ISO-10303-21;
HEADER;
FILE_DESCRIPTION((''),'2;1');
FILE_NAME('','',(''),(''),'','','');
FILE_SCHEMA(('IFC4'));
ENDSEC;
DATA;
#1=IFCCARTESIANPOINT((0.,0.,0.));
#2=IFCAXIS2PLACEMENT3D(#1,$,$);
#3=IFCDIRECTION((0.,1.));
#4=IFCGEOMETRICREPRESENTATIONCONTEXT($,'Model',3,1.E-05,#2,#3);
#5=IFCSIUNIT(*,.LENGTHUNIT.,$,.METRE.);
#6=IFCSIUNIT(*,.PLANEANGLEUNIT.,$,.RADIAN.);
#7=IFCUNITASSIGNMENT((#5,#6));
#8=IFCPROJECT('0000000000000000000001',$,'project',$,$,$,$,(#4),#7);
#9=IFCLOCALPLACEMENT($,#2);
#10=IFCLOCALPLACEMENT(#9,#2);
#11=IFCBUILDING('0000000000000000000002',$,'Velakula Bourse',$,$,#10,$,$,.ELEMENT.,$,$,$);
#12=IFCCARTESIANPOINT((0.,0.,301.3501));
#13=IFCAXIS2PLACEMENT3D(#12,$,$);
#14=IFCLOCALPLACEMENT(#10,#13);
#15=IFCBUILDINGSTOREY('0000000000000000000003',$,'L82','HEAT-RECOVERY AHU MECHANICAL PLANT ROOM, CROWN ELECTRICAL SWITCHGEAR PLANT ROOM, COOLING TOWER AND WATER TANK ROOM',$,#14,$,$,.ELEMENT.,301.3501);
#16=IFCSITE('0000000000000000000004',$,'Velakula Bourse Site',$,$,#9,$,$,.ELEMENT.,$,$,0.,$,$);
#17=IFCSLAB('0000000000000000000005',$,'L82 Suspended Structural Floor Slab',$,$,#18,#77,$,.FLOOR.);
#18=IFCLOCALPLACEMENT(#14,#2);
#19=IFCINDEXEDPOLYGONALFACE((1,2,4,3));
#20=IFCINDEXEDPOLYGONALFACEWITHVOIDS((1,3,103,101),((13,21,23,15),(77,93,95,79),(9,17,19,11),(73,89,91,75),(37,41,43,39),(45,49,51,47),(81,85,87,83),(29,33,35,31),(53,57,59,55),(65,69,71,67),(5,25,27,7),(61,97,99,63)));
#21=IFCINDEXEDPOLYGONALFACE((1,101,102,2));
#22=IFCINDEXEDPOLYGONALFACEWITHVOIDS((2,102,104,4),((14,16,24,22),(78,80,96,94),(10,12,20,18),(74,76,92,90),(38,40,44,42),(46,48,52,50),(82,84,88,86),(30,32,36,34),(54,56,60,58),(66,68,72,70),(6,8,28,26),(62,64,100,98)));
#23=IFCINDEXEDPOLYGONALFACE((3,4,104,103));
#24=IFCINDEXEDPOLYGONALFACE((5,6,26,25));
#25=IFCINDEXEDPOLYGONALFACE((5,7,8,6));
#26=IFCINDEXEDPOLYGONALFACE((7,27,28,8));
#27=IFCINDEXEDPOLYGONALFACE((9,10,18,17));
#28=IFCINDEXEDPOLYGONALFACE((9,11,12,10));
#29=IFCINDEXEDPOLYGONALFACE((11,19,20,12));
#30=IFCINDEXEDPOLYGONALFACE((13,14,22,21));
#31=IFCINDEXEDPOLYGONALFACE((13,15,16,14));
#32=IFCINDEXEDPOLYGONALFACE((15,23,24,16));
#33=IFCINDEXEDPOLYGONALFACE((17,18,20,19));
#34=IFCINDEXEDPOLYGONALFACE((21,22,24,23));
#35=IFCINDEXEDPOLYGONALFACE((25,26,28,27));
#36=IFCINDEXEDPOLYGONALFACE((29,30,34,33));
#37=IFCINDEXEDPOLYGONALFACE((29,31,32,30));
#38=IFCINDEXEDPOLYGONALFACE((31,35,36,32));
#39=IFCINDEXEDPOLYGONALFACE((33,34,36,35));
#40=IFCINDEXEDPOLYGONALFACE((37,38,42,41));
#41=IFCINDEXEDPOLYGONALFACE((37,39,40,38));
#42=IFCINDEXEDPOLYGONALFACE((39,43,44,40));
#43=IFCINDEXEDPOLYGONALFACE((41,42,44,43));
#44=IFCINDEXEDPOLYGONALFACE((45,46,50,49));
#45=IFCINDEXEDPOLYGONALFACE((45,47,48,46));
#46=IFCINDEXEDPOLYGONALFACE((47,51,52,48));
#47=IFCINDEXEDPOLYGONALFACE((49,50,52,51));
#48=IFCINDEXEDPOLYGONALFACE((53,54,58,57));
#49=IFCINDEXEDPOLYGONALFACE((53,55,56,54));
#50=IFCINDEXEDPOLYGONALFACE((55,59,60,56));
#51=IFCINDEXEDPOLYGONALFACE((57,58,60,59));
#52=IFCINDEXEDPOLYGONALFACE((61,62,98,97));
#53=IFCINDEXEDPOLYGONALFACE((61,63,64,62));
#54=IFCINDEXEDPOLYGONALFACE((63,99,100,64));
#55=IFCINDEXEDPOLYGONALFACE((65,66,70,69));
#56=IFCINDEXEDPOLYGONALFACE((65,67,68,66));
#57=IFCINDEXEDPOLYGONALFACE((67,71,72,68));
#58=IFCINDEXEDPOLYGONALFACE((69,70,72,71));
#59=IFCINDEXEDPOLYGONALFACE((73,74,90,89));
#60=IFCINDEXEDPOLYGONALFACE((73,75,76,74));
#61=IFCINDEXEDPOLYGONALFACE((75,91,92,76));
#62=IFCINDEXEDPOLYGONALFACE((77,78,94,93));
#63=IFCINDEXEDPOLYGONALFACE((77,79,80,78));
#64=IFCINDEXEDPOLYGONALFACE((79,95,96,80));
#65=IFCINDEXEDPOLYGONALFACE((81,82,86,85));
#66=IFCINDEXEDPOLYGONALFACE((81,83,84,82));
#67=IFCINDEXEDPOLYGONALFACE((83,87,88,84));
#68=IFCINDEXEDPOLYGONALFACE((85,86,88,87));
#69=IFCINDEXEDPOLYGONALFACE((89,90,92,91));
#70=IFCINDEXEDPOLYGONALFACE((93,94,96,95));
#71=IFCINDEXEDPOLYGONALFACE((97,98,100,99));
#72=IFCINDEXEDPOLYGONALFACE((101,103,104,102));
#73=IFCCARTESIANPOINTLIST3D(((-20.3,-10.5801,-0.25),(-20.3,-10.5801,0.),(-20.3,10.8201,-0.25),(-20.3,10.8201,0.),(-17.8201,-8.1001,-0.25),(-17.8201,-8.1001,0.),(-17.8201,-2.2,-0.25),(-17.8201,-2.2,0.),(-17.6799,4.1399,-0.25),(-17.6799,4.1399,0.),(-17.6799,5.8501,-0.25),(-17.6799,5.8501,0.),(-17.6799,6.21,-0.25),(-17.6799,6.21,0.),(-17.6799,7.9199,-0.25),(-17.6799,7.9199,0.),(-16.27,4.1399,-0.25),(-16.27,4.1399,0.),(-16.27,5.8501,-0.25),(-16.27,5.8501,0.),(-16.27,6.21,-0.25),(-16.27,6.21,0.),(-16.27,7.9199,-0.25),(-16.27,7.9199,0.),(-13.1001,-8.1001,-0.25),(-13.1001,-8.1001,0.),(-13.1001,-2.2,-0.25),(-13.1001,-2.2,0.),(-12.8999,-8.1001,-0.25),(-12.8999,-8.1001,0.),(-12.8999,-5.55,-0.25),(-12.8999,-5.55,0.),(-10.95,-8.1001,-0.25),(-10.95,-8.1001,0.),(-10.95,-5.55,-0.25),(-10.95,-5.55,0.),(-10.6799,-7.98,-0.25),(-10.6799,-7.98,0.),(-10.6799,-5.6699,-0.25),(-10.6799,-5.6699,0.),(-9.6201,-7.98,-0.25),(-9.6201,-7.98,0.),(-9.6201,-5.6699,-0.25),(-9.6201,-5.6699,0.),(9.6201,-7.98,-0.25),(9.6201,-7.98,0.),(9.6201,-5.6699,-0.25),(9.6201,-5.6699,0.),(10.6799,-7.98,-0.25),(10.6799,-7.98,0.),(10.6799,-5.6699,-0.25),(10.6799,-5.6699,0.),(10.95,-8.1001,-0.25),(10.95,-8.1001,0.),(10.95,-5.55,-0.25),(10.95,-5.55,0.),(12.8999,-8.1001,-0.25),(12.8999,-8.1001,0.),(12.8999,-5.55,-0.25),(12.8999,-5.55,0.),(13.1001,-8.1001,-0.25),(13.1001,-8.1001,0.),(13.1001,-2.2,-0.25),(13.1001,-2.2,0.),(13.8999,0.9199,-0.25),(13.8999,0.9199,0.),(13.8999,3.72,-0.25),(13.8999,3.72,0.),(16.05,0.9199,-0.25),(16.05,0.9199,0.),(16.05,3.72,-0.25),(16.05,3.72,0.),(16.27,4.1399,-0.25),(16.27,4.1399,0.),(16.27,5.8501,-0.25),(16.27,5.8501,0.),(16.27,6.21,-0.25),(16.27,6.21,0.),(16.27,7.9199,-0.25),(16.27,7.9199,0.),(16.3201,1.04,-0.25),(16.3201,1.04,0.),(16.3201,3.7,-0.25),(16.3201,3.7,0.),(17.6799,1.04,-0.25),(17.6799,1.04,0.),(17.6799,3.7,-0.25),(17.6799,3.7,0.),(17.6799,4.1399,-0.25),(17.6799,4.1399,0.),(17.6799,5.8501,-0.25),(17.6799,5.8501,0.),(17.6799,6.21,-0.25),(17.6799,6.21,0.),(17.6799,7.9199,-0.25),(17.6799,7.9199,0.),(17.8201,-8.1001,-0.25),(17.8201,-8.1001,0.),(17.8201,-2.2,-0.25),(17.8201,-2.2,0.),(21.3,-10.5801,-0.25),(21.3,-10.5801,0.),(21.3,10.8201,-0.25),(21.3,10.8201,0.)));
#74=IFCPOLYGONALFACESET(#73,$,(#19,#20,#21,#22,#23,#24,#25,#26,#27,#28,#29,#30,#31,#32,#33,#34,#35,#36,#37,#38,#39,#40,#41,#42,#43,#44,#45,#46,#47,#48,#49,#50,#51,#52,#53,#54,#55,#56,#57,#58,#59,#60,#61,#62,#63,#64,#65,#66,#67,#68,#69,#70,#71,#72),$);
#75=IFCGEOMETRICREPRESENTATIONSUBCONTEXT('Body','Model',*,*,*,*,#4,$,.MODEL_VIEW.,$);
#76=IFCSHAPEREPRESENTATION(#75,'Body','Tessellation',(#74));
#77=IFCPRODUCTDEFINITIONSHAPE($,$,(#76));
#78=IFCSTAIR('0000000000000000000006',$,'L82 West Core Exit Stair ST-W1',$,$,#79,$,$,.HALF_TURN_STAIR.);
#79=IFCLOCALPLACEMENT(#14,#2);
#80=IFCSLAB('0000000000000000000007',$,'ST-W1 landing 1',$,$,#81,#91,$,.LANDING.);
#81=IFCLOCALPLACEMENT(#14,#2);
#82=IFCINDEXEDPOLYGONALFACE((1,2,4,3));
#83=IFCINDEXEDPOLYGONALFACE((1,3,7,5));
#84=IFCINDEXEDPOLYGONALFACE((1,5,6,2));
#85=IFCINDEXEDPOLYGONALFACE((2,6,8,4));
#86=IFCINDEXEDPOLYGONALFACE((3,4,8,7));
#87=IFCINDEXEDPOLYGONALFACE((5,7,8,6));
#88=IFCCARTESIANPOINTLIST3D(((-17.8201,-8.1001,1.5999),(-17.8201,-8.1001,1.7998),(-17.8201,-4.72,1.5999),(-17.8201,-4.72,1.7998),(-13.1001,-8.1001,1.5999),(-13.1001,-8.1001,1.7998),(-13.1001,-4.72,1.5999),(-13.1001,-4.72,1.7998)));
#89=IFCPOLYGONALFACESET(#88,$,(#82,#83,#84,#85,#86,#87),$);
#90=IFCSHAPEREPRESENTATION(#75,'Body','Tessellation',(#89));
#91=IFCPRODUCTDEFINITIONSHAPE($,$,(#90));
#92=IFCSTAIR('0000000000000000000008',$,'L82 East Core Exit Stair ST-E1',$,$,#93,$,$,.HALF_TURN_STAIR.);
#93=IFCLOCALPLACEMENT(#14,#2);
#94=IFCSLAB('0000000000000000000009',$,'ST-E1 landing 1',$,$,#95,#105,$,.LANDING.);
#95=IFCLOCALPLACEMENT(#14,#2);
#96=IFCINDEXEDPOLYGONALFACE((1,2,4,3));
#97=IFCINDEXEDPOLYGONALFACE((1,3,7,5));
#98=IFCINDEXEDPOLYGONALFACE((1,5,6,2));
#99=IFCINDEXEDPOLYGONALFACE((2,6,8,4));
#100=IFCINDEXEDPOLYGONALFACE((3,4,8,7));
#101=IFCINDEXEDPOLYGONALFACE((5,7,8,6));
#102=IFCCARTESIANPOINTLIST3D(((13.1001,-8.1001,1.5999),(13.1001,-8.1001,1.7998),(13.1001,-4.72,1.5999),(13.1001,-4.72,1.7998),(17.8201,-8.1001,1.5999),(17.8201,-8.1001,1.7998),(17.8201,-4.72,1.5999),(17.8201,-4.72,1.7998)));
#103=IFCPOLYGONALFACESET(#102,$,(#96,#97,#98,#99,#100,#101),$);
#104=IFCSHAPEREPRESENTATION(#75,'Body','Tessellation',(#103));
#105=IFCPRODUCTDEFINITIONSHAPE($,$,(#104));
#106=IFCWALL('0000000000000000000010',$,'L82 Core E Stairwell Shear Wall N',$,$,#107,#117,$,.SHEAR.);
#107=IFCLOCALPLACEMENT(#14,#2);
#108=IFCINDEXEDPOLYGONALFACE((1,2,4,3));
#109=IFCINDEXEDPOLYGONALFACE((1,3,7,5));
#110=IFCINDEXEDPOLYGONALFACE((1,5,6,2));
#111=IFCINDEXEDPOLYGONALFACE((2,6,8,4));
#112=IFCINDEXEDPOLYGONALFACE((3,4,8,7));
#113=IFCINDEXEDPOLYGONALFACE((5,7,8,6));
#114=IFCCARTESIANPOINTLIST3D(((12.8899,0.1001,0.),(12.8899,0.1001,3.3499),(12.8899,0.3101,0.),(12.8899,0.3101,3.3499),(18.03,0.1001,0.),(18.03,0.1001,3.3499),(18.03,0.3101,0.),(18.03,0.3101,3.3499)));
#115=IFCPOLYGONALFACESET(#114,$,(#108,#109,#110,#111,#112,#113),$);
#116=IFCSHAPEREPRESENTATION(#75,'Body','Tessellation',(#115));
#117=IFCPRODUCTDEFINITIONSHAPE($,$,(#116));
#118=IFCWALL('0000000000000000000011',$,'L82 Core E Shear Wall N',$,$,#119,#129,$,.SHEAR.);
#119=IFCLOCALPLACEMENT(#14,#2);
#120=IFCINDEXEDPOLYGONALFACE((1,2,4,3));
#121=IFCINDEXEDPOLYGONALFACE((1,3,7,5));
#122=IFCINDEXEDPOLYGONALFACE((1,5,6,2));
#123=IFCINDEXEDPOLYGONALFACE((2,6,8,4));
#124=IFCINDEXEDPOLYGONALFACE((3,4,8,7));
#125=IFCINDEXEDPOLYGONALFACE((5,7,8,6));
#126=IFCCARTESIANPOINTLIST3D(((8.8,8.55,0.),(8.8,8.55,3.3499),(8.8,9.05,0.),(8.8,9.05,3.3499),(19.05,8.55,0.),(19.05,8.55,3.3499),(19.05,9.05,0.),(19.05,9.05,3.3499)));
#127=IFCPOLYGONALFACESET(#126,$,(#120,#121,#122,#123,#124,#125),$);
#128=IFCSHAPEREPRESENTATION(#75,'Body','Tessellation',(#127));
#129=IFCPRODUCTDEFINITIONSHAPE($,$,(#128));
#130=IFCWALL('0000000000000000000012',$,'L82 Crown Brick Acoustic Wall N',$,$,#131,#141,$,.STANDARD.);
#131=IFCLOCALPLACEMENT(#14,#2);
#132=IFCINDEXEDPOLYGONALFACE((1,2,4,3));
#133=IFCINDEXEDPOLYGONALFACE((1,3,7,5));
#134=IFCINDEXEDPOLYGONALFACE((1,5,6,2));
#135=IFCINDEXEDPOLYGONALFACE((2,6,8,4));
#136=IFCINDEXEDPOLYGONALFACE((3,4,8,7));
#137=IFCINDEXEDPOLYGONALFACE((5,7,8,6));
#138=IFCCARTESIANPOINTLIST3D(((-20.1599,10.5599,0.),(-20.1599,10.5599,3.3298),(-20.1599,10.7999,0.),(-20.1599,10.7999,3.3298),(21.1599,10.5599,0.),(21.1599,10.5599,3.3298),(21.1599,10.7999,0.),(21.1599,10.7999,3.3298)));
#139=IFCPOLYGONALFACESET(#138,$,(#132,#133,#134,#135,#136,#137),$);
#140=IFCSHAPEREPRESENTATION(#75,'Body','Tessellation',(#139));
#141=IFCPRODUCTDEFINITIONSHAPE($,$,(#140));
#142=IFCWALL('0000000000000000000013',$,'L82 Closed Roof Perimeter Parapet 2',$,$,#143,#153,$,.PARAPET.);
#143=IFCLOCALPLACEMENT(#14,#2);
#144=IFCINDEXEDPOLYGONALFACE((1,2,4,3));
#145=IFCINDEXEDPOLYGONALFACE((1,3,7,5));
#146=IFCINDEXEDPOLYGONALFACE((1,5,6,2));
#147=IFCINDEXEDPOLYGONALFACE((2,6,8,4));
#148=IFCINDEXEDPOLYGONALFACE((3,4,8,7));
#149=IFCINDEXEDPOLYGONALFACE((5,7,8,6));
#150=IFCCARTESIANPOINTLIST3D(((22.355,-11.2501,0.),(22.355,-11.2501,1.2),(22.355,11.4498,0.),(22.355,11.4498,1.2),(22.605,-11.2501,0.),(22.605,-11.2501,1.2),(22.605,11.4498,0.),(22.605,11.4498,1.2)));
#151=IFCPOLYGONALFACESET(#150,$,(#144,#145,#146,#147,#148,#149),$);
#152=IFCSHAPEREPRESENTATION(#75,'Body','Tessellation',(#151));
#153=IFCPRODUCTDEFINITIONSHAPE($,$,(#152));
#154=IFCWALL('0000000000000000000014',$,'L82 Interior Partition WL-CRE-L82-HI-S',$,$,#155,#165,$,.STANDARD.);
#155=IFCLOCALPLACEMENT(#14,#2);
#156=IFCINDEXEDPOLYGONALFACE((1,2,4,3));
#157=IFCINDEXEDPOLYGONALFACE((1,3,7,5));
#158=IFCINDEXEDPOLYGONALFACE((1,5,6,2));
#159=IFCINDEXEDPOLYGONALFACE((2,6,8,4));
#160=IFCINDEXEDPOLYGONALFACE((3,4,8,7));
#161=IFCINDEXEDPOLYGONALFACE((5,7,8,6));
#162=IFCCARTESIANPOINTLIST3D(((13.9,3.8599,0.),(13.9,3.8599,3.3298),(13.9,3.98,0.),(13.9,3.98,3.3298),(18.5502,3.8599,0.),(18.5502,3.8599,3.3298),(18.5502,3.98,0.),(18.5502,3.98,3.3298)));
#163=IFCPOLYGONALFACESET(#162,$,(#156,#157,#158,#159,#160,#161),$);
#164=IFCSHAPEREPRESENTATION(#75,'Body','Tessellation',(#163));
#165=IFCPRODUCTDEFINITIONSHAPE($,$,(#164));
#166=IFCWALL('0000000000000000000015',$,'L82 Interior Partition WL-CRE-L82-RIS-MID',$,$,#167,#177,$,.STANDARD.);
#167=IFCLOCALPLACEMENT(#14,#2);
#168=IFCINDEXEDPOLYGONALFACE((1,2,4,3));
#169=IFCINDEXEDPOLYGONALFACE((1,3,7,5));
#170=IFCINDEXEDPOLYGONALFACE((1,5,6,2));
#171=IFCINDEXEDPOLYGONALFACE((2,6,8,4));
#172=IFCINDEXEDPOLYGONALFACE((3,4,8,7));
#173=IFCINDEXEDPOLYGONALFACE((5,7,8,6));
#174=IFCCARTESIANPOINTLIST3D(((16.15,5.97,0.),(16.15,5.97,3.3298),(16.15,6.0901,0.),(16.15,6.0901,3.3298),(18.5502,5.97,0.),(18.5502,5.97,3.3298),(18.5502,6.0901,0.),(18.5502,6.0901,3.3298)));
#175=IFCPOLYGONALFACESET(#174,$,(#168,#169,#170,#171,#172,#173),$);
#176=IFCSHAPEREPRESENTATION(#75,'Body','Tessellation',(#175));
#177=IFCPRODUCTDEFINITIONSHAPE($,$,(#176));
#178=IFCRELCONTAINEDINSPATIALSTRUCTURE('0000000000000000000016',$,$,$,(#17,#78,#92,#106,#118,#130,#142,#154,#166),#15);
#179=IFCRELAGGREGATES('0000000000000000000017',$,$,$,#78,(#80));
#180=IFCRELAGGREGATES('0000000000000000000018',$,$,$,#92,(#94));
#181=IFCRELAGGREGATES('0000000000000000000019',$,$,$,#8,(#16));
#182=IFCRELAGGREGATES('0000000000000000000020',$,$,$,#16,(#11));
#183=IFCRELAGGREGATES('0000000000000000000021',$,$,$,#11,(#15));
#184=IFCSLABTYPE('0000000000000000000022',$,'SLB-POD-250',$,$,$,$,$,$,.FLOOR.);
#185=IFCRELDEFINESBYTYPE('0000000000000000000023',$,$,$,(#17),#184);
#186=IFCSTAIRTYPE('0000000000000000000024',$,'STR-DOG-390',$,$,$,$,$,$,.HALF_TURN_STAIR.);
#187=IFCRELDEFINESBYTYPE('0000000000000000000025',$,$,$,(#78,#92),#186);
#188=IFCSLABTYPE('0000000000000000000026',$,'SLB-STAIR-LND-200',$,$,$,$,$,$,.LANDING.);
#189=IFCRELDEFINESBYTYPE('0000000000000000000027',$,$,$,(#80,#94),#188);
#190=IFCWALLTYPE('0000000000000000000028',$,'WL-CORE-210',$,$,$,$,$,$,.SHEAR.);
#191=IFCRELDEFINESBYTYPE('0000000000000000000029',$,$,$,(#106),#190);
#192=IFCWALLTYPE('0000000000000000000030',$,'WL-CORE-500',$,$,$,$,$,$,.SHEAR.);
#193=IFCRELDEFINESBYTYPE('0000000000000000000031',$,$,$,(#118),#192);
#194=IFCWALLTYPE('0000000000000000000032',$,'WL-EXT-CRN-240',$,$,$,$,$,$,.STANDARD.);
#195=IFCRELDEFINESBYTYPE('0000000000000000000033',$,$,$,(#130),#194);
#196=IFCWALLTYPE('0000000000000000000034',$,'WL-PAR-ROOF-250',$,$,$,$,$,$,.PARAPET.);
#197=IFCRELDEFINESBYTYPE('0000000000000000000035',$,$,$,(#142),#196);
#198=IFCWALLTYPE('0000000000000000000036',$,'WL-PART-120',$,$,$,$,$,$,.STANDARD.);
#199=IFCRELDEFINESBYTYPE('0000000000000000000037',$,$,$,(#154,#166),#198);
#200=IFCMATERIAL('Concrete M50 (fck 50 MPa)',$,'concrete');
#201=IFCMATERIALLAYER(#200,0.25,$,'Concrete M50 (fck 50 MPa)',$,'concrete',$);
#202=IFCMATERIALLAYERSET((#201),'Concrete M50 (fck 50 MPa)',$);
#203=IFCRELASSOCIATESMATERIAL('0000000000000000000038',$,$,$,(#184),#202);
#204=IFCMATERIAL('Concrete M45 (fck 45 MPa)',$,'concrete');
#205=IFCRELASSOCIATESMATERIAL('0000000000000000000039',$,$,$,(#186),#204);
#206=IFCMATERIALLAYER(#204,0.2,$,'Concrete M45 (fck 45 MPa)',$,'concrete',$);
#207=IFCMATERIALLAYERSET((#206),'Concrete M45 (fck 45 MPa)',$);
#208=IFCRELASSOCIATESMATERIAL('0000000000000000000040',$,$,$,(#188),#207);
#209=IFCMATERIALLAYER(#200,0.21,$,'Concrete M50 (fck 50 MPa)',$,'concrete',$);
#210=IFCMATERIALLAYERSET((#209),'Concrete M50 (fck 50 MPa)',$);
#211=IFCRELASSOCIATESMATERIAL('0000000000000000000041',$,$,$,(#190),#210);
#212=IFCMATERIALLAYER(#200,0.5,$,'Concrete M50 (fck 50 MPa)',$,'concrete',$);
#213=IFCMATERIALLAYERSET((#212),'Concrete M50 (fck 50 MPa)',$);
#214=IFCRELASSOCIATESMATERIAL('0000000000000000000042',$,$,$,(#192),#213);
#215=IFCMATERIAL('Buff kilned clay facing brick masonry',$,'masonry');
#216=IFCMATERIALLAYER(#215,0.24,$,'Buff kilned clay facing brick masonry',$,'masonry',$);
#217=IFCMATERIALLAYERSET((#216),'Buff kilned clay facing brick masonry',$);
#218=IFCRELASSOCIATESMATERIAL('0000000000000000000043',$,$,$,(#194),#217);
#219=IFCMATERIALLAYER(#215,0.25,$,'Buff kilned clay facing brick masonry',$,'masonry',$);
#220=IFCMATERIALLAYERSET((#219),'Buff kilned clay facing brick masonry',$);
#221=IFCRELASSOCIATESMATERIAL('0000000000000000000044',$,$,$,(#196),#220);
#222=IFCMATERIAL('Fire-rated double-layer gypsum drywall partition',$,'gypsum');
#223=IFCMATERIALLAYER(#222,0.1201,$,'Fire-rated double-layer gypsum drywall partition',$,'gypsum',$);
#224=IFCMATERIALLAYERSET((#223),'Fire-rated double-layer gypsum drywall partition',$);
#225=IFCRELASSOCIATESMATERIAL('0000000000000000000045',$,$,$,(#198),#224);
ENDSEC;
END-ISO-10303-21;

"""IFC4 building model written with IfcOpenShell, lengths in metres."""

from ifc_helpers import new_model, si_unit, direction, frame, frame_2d, origin, place, context, subcontext, project, spatial, polyline, rectangle, outline, extrude, material, layer, layer_set, type_object, element, aggregate, save


model = new_model("IFC4")

# Units and contexts
model_context = context("Model", 3, precision=1e-05, world=origin(), true_north=direction((0.0, 1.0)))
body_context = subcontext(model_context, "Body", "Model", "MODEL_VIEW")
ifc_project = project(units=[si_unit("LENGTHUNIT", "METRE"), si_unit("PLANEANGLEUNIT", "RADIAN")], contexts=[model_context])

# Site, building, storey
site_placement = place(None, origin())
site = spatial("IfcSite", under=ifc_project, at=site_placement, Name="Velakula Bourse Site", CompositionType="ELEMENT", RefElevation=0.0)
building_placement = place(site_placement, origin())
building = spatial("IfcBuilding", under=site, at=building_placement, Name="Velakula Bourse", CompositionType="ELEMENT")
storey_placement = place(building_placement, frame((0.0, 0.0, 301.3501)))
storey = spatial("IfcBuildingStorey", under=building, at=storey_placement, Name="L82", Description="HEAT-RECOVERY AHU MECHANICAL PLANT ROOM, CROWN ELECTRICAL SWITCHGEAR PLANT ROOM, COOLING TOWER AND WATER TANK ROOM", CompositionType="ELEMENT", Elevation=301.3501)

# Shared definitions
ifc_material_1 = material(Name="Concrete M50 (fck 50 MPa)", Category="concrete")

# Slab
ifc_layer_1 = layer(ifc_material_1, 0.25, Name="Concrete M50 (fck 50 MPa)", Category="concrete")
ifc_layer_set_1 = layer_set([ifc_layer_1], Name="Concrete M50 (fck 50 MPa)")
slab_type_1 = type_object("IfcSlabType", Name="SLB-POD-250", PredefinedType="FLOOR", material=ifc_layer_set_1)
slab_1_placement = place(storey_placement, frame((0.0, 0.0, -0.25)))
element("IfcSlab", 1, at=slab_1_placement, inside=storey, type_object=slab_type_1, Name="L82 Suspended Structural Floor Slab", PredefinedType="FLOOR", context=body_context, shape_type="SweptSolid", body=[
    extrude(outline(polyline([(-20.3, -10.5801), (21.3, -10.5801), (21.3, 10.8201), (-20.3, 10.8201), (-20.3, -10.5801)]), holes=[polyline([(-17.8201, -8.1001), (-13.1001, -8.1001), (-13.1001, -2.2), (-17.8201, -2.2), (-17.8201, -8.1001)]), polyline([(13.1001, -8.1001), (17.8201, -8.1001), (17.8201, -2.2), (13.1001, -2.2), (13.1001, -8.1001)]), polyline([(-12.8999, -8.1001), (-10.95, -8.1001), (-10.95, -5.55), (-12.8999, -5.55), (-12.8999, -8.1001)]), polyline([(10.95, -8.1001), (12.8999, -8.1001), (12.8999, -5.55), (10.95, -5.55), (10.95, -8.1001)]), polyline([(13.8999, 0.9199), (16.05, 0.9199), (16.05, 3.72), (13.8999, 3.72), (13.8999, 0.9199)]), polyline([(-10.6799, -7.98), (-9.6201, -7.98), (-9.6201, -5.6699), (-10.6799, -5.6699), (-10.6799, -7.98)]), polyline([(-17.6799, 4.1399), (-16.27, 4.1399), (-16.27, 5.8501), (-17.6799, 5.8501), (-17.6799, 4.1399)]), polyline([(-17.6799, 6.21), (-16.27, 6.21), (-16.27, 7.9199), (-17.6799, 7.9199), (-17.6799, 6.21)]), polyline([(9.6201, -7.98), (10.6799, -7.98), (10.6799, -5.6699), (9.6201, -5.6699), (9.6201, -7.98)]), polyline([(16.27, 4.1399), (17.6799, 4.1399), (17.6799, 5.8501), (16.27, 5.8501), (16.27, 4.1399)]), polyline([(16.27, 6.21), (17.6799, 6.21), (17.6799, 7.9199), (16.27, 7.9199), (16.27, 6.21)]), polyline([(16.3201, 1.04), (17.6799, 1.04), (17.6799, 3.7), (16.3201, 3.7), (16.3201, 1.04)])]), origin(), (0.0, 0.0, 1.0), 0.25),
])

# Stairs, slabs
ifc_material_2 = material(Name="Concrete M45 (fck 45 MPa)", Category="concrete")
stair_type = type_object("IfcStairType", Name="STR-DOG-390", PredefinedType="HALF_TURN_STAIR", material=ifc_material_2)
stair_1_placement = place(storey_placement, origin())
stair_1 = element("IfcStair", 2, at=stair_1_placement, inside=storey, type_object=stair_type, Name="L82 West Core Exit Stair ST-W1", PredefinedType="HALF_TURN_STAIR")
ifc_layer_2 = layer(ifc_material_2, 0.2, Name="Concrete M45 (fck 45 MPa)", Category="concrete")
ifc_layer_set_2 = layer_set([ifc_layer_2], Name="Concrete M45 (fck 45 MPa)")
slab_type_2 = type_object("IfcSlabType", Name="SLB-STAIR-LND-200", PredefinedType="LANDING", material=ifc_layer_set_2)
slab_2_placement = place(storey_placement, frame((0.0, 0.0, 1.5999)))
slab_2 = element("IfcSlab", 3, at=slab_2_placement, type_object=slab_type_2, Name="ST-W1 landing 1", PredefinedType="LANDING", context=body_context, shape_type="SweptSolid", body=[
    extrude(outline(polyline([(-17.8201, -4.72), (-17.8201, -8.1001), (-13.1001, -8.1001), (-13.1001, -4.72), (-17.8201, -4.72)])), origin(), (0.0, 0.0, 1.0), 0.2),
])
aggregate(stair_1, [slab_2])
stair_2_placement = place(storey_placement, origin())
stair_2 = element("IfcStair", 4, at=stair_2_placement, inside=storey, type_object=stair_type, Name="L82 East Core Exit Stair ST-E1", PredefinedType="HALF_TURN_STAIR")
slab_3_placement = place(storey_placement, frame((0.0, 0.0, 1.5999)))
slab_3 = element("IfcSlab", 5, at=slab_3_placement, type_object=slab_type_2, Name="ST-E1 landing 1", PredefinedType="LANDING", context=body_context, shape_type="SweptSolid", body=[
    extrude(outline(polyline([(13.1001, -4.72), (13.1001, -8.1001), (17.8201, -8.1001), (17.8201, -4.72), (13.1001, -4.72)])), origin(), (0.0, 0.0, 1.0), 0.2),
])
aggregate(stair_2, [slab_3])

# Walls
ifc_layer_3 = layer(ifc_material_1, 0.21, Name="Concrete M50 (fck 50 MPa)", Category="concrete")
ifc_layer_set_3 = layer_set([ifc_layer_3], Name="Concrete M50 (fck 50 MPa)")
wall_type_1 = type_object("IfcWallType", Name="WL-CORE-210", PredefinedType="SHEAR", material=ifc_layer_set_3)
wall_1_placement = place(storey_placement, frame((18.03, 0.2051, 0.0), z_axis=(0.0, 0.0, 1.0), x_axis=(-1.0, 0.0, 0.0)))
element("IfcWall", 6, at=wall_1_placement, inside=storey, type_object=wall_type_1, Name="L82 Core E Stairwell Shear Wall N", PredefinedType="SHEAR", context=body_context, shape_type="SweptSolid", body=[
    extrude(rectangle(XDim=5.1401, YDim=0.21, at=frame_2d((2.5701, 0.0))), origin(), (0.0, 0.0, 1.0), 3.3499),
])
ifc_layer_4 = layer(ifc_material_1, 0.5, Name="Concrete M50 (fck 50 MPa)", Category="concrete")
ifc_layer_set_4 = layer_set([ifc_layer_4], Name="Concrete M50 (fck 50 MPa)")
wall_type_2 = type_object("IfcWallType", Name="WL-CORE-500", PredefinedType="SHEAR", material=ifc_layer_set_4)
wall_2_placement = place(storey_placement, frame((8.8, 8.8, 0.0), z_axis=(0.0, 0.0, 1.0), x_axis=(1.0, 0.0, 0.0)))
element("IfcWall", 7, at=wall_2_placement, inside=storey, type_object=wall_type_2, Name="L82 Core E Shear Wall N", PredefinedType="SHEAR", context=body_context, shape_type="SweptSolid", body=[
    extrude(rectangle(XDim=10.25, YDim=0.5, at=frame_2d((5.125, 0.0))), origin(), (0.0, 0.0, 1.0), 3.3499),
])
ifc_material_3 = material(Name="Buff kilned clay facing brick masonry", Category="masonry")
ifc_layer_5 = layer(ifc_material_3, 0.24, Name="Buff kilned clay facing brick masonry", Category="masonry")
ifc_layer_set_5 = layer_set([ifc_layer_5], Name="Buff kilned clay facing brick masonry")
wall_type_3 = type_object("IfcWallType", Name="WL-EXT-CRN-240", PredefinedType="STANDARD", material=ifc_layer_set_5)
wall_3_placement = place(storey_placement, frame((21.1599, 10.6799, 0.0), z_axis=(0.0, 0.0, 1.0), x_axis=(-1.0, 0.0, 0.0)))
element("IfcWall", 8, at=wall_3_placement, inside=storey, type_object=wall_type_3, Name="L82 Crown Brick Acoustic Wall N", PredefinedType="STANDARD", context=body_context, shape_type="SweptSolid", body=[
    extrude(rectangle(XDim=41.3198, YDim=0.24, at=frame_2d((20.6599, 0.0))), origin(), (0.0, 0.0, 1.0), 3.3298),
])
ifc_layer_6 = layer(ifc_material_3, 0.25, Name="Buff kilned clay facing brick masonry", Category="masonry")
ifc_layer_set_6 = layer_set([ifc_layer_6], Name="Buff kilned clay facing brick masonry")
wall_type_4 = type_object("IfcWallType", Name="WL-PAR-ROOF-250", PredefinedType="PARAPET", material=ifc_layer_set_6)
wall_4_placement = place(storey_placement, frame((22.48, 11.45, 0.0), z_axis=(0.0, 0.0, 1.0), x_axis=(0.0, -1.0, 0.0)))
element("IfcWall", 9, at=wall_4_placement, inside=storey, type_object=wall_type_4, Name="L82 Closed Roof Perimeter Parapet 2", PredefinedType="PARAPET", context=body_context, shape_type="SweptSolid", body=[
    extrude(rectangle(XDim=22.7, YDim=0.25, at=frame_2d((11.3501, 0.0))), origin(), (0.0, 0.0, 1.0), 1.2),
])
ifc_material_4 = material(Name="Fire-rated double-layer gypsum drywall partition", Category="gypsum")
ifc_layer_7 = layer(ifc_material_4, 0.1201, Name="Fire-rated double-layer gypsum drywall partition", Category="gypsum")
ifc_layer_set_7 = layer_set([ifc_layer_7], Name="Fire-rated double-layer gypsum drywall partition")
wall_type_5 = type_object("IfcWallType", Name="WL-PART-120", PredefinedType="STANDARD", material=ifc_layer_set_7)
wall_5_placement = place(storey_placement, frame((13.8999, 3.9199, 0.0), z_axis=(0.0, 0.0, 1.0), x_axis=(1.0, 0.0, 0.0)))
element("IfcWall", 10, at=wall_5_placement, inside=storey, type_object=wall_type_5, Name="L82 Interior Partition WL-CRE-L82-HI-S", PredefinedType="STANDARD", context=body_context, shape_type="SweptSolid", body=[
    extrude(rectangle(XDim=4.6501, YDim=0.1201, at=frame_2d((2.3252, 0.0))), origin(), (0.0, 0.0, 1.0), 3.3298),
])
wall_6_placement = place(storey_placement, frame((16.1499, 6.03, 0.0), z_axis=(0.0, 0.0, 1.0), x_axis=(1.0, 0.0, 0.0)))
element("IfcWall", 11, at=wall_6_placement, inside=storey, type_object=wall_type_5, Name="L82 Interior Partition WL-CRE-L82-RIS-MID", PredefinedType="STANDARD", context=body_context, shape_type="SweptSolid", body=[
    extrude(rectangle(XDim=2.4001, YDim=0.1201, at=frame_2d((1.2002, 0.0))), origin(), (0.0, 0.0, 1.0), 3.3298),
])

save(model, "model.ifc")
